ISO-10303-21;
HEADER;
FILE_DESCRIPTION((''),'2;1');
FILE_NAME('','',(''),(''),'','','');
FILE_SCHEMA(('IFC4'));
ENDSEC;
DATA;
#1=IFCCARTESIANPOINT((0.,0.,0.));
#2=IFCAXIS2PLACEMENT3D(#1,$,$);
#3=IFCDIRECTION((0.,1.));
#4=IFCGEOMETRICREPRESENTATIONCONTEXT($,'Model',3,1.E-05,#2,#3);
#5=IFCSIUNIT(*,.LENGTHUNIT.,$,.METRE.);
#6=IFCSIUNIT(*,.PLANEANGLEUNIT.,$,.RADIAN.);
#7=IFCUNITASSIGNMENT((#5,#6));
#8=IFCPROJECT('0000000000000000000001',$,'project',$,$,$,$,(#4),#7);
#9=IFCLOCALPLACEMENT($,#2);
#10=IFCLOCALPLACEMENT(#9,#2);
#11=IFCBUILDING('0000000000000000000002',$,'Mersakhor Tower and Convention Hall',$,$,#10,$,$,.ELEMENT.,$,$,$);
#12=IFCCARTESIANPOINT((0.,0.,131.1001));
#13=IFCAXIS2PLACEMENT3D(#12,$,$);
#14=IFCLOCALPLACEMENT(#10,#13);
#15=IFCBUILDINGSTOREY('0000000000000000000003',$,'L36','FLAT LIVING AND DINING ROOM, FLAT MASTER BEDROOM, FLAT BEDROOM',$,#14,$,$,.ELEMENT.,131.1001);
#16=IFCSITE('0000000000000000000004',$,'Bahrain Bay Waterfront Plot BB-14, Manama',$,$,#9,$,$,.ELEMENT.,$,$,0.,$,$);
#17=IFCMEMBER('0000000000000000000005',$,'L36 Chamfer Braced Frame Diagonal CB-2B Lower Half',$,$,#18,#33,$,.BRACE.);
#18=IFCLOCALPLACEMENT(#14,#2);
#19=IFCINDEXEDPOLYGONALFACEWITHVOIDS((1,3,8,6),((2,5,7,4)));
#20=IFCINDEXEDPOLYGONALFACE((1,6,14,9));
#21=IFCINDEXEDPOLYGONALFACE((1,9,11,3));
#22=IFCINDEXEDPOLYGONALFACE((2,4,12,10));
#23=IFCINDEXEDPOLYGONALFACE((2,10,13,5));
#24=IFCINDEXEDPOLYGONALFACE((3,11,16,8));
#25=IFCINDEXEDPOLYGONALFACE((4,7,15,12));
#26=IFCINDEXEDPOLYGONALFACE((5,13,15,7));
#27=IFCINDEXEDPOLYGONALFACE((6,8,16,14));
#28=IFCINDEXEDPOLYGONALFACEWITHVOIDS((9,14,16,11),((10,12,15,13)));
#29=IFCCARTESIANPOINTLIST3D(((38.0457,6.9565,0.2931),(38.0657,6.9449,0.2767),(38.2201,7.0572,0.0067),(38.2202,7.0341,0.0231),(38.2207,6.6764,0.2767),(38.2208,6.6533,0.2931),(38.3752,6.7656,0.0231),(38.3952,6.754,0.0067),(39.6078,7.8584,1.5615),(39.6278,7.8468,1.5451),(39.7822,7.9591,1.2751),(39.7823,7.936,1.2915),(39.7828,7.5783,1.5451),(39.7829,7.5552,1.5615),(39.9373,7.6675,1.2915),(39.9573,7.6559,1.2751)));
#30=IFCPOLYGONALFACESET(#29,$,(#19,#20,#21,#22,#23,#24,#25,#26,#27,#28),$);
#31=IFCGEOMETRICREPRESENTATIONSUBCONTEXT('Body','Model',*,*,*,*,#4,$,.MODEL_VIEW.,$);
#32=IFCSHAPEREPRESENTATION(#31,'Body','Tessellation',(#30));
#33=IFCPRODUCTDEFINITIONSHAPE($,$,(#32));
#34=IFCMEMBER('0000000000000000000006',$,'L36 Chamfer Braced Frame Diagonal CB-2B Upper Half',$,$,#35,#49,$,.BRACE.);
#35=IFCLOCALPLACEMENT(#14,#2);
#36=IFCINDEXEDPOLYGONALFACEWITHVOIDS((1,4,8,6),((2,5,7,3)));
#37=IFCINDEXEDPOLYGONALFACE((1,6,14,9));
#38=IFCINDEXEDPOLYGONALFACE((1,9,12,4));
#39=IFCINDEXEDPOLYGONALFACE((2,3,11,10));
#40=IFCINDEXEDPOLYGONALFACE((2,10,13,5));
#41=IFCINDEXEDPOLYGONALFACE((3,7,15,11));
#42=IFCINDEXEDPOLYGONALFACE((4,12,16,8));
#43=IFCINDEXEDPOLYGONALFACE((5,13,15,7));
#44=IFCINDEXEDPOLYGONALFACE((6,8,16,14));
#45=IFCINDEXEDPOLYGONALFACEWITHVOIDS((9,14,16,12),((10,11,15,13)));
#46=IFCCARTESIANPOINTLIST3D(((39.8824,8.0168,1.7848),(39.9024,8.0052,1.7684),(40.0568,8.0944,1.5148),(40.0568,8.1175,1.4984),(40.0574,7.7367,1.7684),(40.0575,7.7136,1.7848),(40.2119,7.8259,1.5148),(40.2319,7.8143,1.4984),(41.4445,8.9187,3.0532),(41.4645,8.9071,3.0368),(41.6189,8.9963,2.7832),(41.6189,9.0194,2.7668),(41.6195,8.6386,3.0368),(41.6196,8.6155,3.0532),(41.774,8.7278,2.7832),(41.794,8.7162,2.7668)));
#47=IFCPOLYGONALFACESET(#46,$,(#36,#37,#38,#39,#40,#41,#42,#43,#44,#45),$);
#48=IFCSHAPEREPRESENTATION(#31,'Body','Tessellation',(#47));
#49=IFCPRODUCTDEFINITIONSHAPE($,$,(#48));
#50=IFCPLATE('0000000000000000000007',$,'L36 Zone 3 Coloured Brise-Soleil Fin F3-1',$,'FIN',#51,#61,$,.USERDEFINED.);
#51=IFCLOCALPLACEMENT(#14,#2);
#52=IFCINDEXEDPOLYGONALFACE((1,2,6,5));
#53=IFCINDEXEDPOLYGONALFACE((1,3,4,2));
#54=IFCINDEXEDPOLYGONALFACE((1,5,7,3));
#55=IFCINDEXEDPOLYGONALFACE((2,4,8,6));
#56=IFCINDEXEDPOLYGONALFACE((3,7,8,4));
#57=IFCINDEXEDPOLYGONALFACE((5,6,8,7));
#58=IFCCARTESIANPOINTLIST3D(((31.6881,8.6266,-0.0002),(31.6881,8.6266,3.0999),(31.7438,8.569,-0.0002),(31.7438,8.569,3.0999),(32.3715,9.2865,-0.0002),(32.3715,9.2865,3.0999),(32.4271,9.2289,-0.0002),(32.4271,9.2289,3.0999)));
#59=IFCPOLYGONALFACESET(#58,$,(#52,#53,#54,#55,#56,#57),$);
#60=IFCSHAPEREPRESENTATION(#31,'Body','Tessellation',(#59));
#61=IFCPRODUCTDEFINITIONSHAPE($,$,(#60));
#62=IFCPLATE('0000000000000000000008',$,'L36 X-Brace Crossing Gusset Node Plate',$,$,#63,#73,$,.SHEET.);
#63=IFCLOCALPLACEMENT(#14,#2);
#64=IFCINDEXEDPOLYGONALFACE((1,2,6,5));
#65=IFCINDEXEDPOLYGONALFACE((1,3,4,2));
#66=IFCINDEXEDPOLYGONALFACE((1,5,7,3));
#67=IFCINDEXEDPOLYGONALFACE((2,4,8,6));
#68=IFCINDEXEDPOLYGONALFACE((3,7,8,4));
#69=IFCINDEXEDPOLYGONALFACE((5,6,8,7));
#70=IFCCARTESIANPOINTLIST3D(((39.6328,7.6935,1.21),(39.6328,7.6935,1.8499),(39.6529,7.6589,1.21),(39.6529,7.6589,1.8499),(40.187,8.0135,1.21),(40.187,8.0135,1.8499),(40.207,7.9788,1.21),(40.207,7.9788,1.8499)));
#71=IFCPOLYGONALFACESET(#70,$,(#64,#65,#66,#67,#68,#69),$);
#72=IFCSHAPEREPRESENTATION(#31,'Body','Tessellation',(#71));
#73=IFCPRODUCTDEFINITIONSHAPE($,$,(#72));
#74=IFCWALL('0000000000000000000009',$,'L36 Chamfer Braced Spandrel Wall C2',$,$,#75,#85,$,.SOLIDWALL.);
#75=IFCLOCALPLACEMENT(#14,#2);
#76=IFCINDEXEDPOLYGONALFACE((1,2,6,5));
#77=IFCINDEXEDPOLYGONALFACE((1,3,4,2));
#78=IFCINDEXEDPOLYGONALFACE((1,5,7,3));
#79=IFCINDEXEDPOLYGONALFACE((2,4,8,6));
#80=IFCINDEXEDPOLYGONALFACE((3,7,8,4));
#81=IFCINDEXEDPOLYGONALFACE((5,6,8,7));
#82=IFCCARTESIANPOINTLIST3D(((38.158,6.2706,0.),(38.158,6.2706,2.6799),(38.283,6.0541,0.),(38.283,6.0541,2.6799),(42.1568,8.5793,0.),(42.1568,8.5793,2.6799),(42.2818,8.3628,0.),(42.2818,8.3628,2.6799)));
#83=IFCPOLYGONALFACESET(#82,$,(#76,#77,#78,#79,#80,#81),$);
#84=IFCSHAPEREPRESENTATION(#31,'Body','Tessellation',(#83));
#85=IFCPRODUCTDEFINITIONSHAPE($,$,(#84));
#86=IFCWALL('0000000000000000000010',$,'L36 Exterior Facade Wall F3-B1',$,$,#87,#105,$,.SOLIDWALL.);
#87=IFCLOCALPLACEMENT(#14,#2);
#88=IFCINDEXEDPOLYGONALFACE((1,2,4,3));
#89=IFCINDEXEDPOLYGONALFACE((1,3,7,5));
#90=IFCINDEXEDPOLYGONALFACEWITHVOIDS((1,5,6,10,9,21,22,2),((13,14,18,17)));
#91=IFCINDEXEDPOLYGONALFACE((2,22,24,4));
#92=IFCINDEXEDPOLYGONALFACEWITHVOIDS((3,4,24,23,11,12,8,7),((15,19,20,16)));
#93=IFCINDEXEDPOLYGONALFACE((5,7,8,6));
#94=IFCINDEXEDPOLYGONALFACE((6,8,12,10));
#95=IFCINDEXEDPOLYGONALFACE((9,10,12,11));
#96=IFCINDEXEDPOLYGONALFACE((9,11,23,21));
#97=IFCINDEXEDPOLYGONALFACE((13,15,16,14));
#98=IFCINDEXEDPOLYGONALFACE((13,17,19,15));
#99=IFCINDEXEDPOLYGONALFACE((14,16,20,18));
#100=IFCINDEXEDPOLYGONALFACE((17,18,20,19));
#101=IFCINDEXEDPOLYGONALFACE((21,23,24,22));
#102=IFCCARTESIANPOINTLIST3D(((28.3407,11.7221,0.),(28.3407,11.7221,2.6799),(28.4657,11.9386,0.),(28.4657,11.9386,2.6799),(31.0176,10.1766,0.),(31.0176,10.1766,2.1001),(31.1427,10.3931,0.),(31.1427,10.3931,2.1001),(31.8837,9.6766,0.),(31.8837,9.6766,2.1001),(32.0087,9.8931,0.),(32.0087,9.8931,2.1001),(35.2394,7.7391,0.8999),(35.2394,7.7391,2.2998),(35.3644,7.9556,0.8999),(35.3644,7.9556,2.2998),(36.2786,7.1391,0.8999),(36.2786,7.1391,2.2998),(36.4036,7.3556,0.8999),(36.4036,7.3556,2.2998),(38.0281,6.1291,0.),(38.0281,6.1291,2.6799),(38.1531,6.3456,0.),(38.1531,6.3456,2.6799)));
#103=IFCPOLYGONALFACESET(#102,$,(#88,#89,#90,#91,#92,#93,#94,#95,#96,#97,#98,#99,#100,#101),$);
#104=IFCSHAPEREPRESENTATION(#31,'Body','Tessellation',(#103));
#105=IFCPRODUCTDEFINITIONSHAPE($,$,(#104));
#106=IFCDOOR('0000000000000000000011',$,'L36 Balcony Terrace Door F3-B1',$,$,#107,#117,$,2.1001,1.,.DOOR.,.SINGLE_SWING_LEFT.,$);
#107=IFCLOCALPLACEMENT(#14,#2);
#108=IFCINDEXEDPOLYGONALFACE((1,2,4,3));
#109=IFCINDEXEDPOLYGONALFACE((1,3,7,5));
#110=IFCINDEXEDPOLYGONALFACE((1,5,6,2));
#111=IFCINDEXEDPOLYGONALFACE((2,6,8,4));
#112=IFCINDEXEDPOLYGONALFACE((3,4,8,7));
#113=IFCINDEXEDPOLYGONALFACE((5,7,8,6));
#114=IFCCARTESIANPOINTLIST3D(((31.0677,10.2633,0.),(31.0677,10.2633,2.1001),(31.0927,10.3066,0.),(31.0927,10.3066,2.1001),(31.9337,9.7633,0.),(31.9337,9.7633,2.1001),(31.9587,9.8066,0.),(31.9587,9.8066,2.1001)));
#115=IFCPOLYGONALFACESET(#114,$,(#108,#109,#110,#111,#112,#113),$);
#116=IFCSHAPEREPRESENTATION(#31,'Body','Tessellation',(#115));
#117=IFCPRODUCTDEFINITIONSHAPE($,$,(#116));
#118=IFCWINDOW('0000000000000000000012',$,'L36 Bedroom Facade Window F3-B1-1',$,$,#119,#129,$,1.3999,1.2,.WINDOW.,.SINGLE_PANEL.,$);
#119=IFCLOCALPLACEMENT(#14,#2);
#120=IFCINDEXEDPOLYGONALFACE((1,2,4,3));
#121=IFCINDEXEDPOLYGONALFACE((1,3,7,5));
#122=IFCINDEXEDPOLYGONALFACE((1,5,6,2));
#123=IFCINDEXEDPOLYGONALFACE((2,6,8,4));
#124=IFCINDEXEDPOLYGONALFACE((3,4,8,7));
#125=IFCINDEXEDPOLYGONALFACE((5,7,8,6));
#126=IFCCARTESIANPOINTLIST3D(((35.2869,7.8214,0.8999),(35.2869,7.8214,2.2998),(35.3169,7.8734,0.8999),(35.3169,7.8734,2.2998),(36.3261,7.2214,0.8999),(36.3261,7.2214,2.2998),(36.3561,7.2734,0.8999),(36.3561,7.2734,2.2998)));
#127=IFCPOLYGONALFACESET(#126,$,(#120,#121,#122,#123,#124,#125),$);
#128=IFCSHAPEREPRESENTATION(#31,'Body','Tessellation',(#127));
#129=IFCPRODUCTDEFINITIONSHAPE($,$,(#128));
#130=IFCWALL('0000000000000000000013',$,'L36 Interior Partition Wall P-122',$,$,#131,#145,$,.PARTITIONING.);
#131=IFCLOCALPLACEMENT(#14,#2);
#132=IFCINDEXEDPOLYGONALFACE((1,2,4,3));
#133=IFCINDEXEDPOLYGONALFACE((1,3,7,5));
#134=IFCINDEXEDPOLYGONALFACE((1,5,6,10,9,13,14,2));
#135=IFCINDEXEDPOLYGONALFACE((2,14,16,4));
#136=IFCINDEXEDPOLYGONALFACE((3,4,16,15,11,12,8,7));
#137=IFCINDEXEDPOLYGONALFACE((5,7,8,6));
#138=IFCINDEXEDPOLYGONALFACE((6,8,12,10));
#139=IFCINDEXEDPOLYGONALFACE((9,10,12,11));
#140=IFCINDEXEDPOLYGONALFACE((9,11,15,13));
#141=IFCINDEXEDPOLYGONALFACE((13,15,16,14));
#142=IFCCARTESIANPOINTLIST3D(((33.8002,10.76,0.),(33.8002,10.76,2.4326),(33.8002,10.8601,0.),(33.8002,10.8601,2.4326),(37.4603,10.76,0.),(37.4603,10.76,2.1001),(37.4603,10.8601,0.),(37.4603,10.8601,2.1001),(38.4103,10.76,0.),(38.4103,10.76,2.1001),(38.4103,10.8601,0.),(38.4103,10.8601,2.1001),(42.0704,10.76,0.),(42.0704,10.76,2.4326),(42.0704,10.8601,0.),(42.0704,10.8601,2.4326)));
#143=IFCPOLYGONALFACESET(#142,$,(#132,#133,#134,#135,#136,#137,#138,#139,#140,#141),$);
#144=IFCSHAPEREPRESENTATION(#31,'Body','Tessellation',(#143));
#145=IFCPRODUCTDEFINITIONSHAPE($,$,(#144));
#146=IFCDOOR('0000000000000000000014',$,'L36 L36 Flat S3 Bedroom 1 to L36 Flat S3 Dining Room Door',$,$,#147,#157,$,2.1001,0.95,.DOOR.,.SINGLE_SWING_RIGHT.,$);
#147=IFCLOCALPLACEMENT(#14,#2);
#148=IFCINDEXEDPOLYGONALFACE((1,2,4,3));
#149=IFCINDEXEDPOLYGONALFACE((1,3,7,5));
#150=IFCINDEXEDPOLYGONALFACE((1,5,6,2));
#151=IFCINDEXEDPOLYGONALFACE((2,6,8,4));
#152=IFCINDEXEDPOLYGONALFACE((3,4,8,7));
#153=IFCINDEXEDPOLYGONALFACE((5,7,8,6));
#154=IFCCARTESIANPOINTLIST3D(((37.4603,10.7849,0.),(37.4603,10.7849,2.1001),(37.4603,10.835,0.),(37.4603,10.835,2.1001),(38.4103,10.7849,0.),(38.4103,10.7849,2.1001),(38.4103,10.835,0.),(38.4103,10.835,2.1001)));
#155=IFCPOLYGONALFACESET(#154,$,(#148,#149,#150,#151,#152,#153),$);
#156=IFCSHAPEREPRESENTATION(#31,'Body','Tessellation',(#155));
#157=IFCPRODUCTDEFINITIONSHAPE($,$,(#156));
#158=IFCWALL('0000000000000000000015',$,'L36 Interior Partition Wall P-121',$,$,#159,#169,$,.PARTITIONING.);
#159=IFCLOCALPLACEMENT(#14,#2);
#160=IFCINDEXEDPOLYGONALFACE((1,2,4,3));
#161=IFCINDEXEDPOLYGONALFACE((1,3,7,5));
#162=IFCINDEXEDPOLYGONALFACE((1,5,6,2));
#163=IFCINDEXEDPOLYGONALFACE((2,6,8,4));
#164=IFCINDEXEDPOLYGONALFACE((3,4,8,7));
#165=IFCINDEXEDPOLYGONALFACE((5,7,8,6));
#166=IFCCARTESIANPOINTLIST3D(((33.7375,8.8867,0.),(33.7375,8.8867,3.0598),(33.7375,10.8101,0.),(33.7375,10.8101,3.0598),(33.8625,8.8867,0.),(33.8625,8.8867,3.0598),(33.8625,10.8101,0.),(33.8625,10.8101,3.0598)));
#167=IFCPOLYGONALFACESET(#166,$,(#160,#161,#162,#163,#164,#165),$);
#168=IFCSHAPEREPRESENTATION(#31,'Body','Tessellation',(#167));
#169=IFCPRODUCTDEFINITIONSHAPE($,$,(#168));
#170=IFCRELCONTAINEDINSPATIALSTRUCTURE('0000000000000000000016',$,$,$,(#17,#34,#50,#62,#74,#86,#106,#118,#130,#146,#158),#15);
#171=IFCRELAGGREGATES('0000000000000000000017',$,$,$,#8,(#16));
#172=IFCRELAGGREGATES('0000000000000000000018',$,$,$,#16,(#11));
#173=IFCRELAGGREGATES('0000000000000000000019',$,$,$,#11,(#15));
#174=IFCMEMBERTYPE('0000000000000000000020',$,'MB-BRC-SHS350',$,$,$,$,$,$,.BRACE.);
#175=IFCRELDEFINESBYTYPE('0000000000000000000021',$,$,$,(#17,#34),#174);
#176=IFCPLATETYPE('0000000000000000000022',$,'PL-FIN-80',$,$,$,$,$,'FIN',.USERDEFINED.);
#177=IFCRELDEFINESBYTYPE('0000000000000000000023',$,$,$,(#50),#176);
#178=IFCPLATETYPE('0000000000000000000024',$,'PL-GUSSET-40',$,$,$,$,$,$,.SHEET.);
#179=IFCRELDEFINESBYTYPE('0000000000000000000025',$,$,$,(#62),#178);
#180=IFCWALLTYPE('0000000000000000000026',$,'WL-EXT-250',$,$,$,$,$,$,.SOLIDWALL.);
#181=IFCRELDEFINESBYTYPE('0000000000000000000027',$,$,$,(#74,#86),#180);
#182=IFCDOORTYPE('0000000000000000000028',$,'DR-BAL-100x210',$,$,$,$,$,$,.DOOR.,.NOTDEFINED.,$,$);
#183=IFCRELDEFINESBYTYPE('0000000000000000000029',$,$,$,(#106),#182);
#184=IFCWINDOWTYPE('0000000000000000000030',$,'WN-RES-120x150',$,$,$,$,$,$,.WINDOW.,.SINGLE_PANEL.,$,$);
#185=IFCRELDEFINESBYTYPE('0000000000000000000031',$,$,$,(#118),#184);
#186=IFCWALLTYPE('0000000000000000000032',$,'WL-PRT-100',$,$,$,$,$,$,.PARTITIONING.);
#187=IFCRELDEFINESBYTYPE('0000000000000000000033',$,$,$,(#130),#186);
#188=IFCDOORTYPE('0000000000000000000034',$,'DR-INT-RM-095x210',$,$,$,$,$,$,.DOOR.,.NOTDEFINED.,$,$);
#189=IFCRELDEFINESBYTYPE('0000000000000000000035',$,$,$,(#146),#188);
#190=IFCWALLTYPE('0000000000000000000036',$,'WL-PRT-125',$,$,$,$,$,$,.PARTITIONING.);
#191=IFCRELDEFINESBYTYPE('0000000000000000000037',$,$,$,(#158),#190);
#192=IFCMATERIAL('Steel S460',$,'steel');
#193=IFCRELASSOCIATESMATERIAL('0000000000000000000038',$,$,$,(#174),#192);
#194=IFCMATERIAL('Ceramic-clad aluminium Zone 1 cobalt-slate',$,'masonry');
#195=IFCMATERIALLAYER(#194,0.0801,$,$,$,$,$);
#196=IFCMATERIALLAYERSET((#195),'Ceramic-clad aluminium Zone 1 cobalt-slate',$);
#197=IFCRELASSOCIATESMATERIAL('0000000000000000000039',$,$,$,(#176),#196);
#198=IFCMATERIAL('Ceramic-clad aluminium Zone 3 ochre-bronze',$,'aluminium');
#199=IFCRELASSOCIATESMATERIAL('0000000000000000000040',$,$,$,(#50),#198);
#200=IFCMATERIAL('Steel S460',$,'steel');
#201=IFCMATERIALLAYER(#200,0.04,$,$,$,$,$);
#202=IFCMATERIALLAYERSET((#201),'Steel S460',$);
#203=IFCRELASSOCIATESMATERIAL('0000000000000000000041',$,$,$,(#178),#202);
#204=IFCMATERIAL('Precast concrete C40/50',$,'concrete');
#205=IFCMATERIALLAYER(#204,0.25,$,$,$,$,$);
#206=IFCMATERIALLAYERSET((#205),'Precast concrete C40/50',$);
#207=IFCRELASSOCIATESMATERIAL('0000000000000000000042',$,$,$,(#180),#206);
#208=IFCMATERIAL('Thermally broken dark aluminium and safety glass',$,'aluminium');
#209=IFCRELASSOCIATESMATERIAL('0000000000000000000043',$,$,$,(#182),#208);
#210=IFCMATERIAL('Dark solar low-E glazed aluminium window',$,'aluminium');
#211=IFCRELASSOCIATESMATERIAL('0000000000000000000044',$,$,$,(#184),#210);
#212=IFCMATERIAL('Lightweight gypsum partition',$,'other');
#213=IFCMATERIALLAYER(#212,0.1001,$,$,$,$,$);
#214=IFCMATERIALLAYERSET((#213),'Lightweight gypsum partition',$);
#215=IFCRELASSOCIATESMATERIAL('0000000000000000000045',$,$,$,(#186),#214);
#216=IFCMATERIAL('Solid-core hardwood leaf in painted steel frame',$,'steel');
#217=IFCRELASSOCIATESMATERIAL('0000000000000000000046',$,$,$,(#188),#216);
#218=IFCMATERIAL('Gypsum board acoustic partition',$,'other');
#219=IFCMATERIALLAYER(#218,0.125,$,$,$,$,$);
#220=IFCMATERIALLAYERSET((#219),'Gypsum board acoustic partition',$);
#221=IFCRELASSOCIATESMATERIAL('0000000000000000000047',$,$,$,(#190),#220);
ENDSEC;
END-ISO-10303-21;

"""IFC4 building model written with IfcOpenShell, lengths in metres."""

from ifc_helpers import new_model, si_unit, direction, frame, frame_2d, origin, origin_2d, place, context, subcontext, project, spatial, rectangle, hollow_rectangle, extrude, material, layer, layer_set, material_profile, profile_set, type_object, element, fill, save


model = new_model("IFC4")

# Units and contexts
model_context = context("Model", 3, precision=1e-05, world=origin(), true_north=direction((0.0, 1.0)))
body_context = subcontext(model_context, "Body", "Model", "MODEL_VIEW")
ifc_project = project(units=[si_unit("LENGTHUNIT", "METRE"), si_unit("PLANEANGLEUNIT", "RADIAN")], contexts=[model_context])

# Site, building, storey
site_placement = place(None, origin())
site = spatial("IfcSite", under=ifc_project, at=site_placement, Name="Bahrain Bay Waterfront Plot BB-14, Manama", CompositionType="ELEMENT", RefElevation=0.0)
building_placement = place(site_placement, origin())
building = spatial("IfcBuilding", under=site, at=building_placement, Name="Mersakhor Tower and Convention Hall", CompositionType="ELEMENT")
storey_placement = place(building_placement, frame((0.0, 0.0, 131.1001)))
storey = spatial("IfcBuildingStorey", under=building, at=storey_placement, Name="L36", Description="FLAT LIVING AND DINING ROOM, FLAT MASTER BEDROOM, FLAT BEDROOM", CompositionType="ELEMENT", Elevation=131.1001)

# Members
ifc_material_1 = material(Name="Steel S460", Category="steel")
ifc_material_profile_1 = material_profile(ifc_material_1, hollow_rectangle(XDim=0.3501, YDim=0.3501, WallThickness=0.02, at=origin_2d()), Name="SHS 350x350x20")
ifc_profile_set_1 = profile_set([ifc_material_profile_1], Name="Steel S460")
member_type = type_object("IfcMemberType", Name="MB-BRC-SHS350", PredefinedType="BRACE", material=ifc_profile_set_1)
for number, where, z_axis, x_axis, name in (
    (1, (38.2205, 6.8552, 0.1499), (0.708409, 0.409013, 0.575209), (-0.500011, 0.866019, 0.0), "L36 Chamfer Braced Frame Diagonal CB-2B Lower Half"),
    (2, (40.0571, 7.9155, 1.6416), (0.708409, 0.409013, 0.575209), (-0.500011, 0.866019, 0.0), "L36 Chamfer Braced Frame Diagonal CB-2B Upper Half"),
):
    element("IfcMember", number, at=place(storey_placement, frame(where, z_axis=z_axis, x_axis=x_axis)), inside=storey, type_object=member_type, Name=name, PredefinedType="BRACE", context=body_context, shape_type="SweptSolid", body=[
        extrude(hollow_rectangle(XDim=0.3501, YDim=0.3501, WallThickness=0.02, at=origin_2d()), origin(), (0.0, 0.0, 1.0), 2.2051),
    ])

# Plates
ifc_material_2 = material(Name="Ceramic-clad aluminium Zone 3 ochre-bronze", Category="aluminium")
ifc_material_3 = material(Name="Ceramic-clad aluminium Zone 1 cobalt-slate", Category="masonry")
ifc_layer_1 = layer(ifc_material_3, 0.0801)
ifc_layer_set_1 = layer_set([ifc_layer_1], Name="Ceramic-clad aluminium Zone 1 cobalt-slate")
plate_type_1 = type_object("IfcPlateType", Name="PL-FIN-80", ElementType="FIN", PredefinedType="USERDEFINED", material=ifc_layer_set_1)
plate_1_placement = place(storey_placement, frame((32.0576, 8.9277, -0.0002), z_axis=(0.0, 0.0, 1.0), x_axis=(-0.71934, -0.694658, 0.0)))
element("IfcPlate", 3, at=plate_1_placement, inside=storey, type_object=plate_type_1, material=ifc_material_2, Name="L36 Zone 3 Coloured Brise-Soleil Fin F3-1", ObjectType="FIN", PredefinedType="USERDEFINED", context=body_context, shape_type="SweptSolid", body=[
    extrude(rectangle(XDim=0.95, YDim=0.0801, at=origin_2d()), origin(), (0.0, 0.0, 1.0), 3.1001),
])
ifc_material_4 = material(Name="Steel S460", Category="steel")
ifc_layer_2 = layer(ifc_material_4, 0.04)
ifc_layer_set_2 = layer_set([ifc_layer_2], Name="Steel S460")
plate_type_2 = type_object("IfcPlateType", Name="PL-GUSSET-40", PredefinedType="SHEET", material=ifc_layer_set_2)
plate_2_placement = place(storey_placement, frame((39.9199, 7.8362, 1.21), z_axis=(0.0, 0.0, 1.0), x_axis=(0.866025, 0.5, 0.0)))
element("IfcPlate", 4, at=plate_2_placement, inside=storey, type_object=plate_type_2, Name="L36 X-Brace Crossing Gusset Node Plate", PredefinedType="SHEET", context=body_context, shape_type="SweptSolid", body=[
    extrude(rectangle(XDim=0.6399, YDim=0.04, at=origin_2d()), origin(), (0.0, 0.0, 1.0), 0.6399),
])

# Wall
ifc_material_5 = material(Name="Precast concrete C40/50", Category="concrete")
ifc_layer_3 = layer(ifc_material_5, 0.25)
ifc_layer_set_3 = layer_set([ifc_layer_3], Name="Precast concrete C40/50")
wall_type_1 = type_object("IfcWallType", Name="WL-EXT-250", PredefinedType="SOLIDWALL", material=ifc_layer_set_3)
wall_1_placement = place(storey_placement, frame((42.2192, 8.4709, 0.0), z_axis=(0.0, 0.0, 1.0), x_axis=(-0.866035, -0.499983, 0.0)))
element("IfcWall", 5, at=wall_1_placement, inside=storey, type_object=wall_type_1, Name="L36 Chamfer Braced Spandrel Wall C2", PredefinedType="SOLIDWALL", context=body_context, shape_type="SweptSolid", body=[
    extrude(rectangle(XDim=4.6174, YDim=0.25, at=frame_2d((2.3086, 0.0))), origin(), (0.0, 0.0, 1.0), 2.6799),
])

# Wall, openings, door, window
wall_2_placement = place(storey_placement, frame((38.0906, 6.2373, 0.0), z_axis=(0.0, 0.0, 1.0), x_axis=(-0.866022, 0.500005, 0.0)))
wall_2 = element("IfcWall", 6, at=wall_2_placement, inside=storey, type_object=wall_type_1, Name="L36 Exterior Facade Wall F3-B1", PredefinedType="SOLIDWALL", context=body_context, shape_type="SweptSolid", body=[
    extrude(rectangle(XDim=11.186, YDim=0.25, at=frame_2d((5.593, 0.0))), origin(), (0.0, 0.0, 1.0), 2.6799),
])
opening_1_placement = place(wall_2_placement, frame((7.095, 0.0, 0.0)))
opening_1 = element("IfcOpeningElement", 7, at=opening_1_placement, cuts=wall_2, PredefinedType="OPENING", context=body_context, shape_type="SweptSolid", body=[
    extrude(rectangle(XDim=1.0, YDim=2.1001, at=frame_2d((0.5, 1.05))), frame((0.0, 0.135, 0.0), z_axis=(0.0, -1.0, 0.0), x_axis=(1.0, 0.0, 0.0)), (0.0, 0.0, 1.0), 0.27),
])
opening_2_placement = place(wall_2_placement, frame((2.02, 0.0, 0.8999)))
opening_2 = element("IfcOpeningElement", 8, at=opening_2_placement, cuts=wall_2, PredefinedType="OPENING", context=body_context, shape_type="SweptSolid", body=[
    extrude(rectangle(XDim=1.2, YDim=1.3999, at=frame_2d((0.6001, 0.7))), frame((0.0, 0.135, 0.0), z_axis=(0.0, -1.0, 0.0), x_axis=(1.0, 0.0, 0.0)), (0.0, 0.0, 1.0), 0.27),
])
ifc_material_6 = material(Name="Thermally broken dark aluminium and safety glass", Category="aluminium")
door_type_1 = type_object("IfcDoorType", Name="DR-BAL-100x210", OperationType="NOTDEFINED", PredefinedType="DOOR", material=ifc_material_6)
door_1_placement = place(opening_1_placement, origin())
door_1 = element("IfcDoor", 9, at=door_1_placement, inside=storey, type_object=door_type_1, Name="L36 Balcony Terrace Door F3-B1", OperationType="SINGLE_SWING_LEFT", OverallHeight=2.1001, OverallWidth=1.0, PredefinedType="DOOR", context=body_context, shape_type="SweptSolid", body=[
    extrude(rectangle(XDim=1.0, YDim=2.1001, at=frame_2d((0.5, 1.05))), frame((0.0, 0.0249, 0.0), z_axis=(0.0, -1.0, 0.0), x_axis=(1.0, 0.0, 0.0)), (0.0, 0.0, 1.0), 0.05),
])
fill(opening_1, door_1)
ifc_material_7 = material(Name="Dark solar low-E glazed aluminium window", Category="aluminium")
window_type = type_object("IfcWindowType", Name="WN-RES-120x150", PartitioningType="SINGLE_PANEL", PredefinedType="WINDOW", material=ifc_material_7)
window_placement = place(opening_2_placement, origin())
window = element("IfcWindow", 10, at=window_placement, inside=storey, type_object=window_type, Name="L36 Bedroom Facade Window F3-B1-1", OverallHeight=1.3999, OverallWidth=1.2, PartitioningType="SINGLE_PANEL", PredefinedType="WINDOW", context=body_context, shape_type="SweptSolid", body=[
    extrude(rectangle(XDim=1.2, YDim=1.3999, at=frame_2d((0.6001, 0.7))), frame((0.0, 0.03, 0.0), z_axis=(0.0, -1.0, 0.0), x_axis=(1.0, 0.0, 0.0)), (0.0, 0.0, 1.0), 0.0601),
])
fill(opening_2, window)

# Wall, opening, door
ifc_material_8 = material(Name="Lightweight gypsum partition", Category="other")
ifc_layer_4 = layer(ifc_material_8, 0.1001)
ifc_layer_set_4 = layer_set([ifc_layer_4], Name="Lightweight gypsum partition")
wall_type_2 = type_object("IfcWallType", Name="WL-PRT-100", PredefinedType="PARTITIONING", material=ifc_layer_set_4)
wall_3_placement = place(storey_placement, frame((33.8, 10.8101, 0.0), z_axis=(0.0, 0.0, 1.0), x_axis=(1.0, 0.0, 0.0)))
wall_3 = element("IfcWall", 11, at=wall_3_placement, inside=storey, type_object=wall_type_2, Name="L36 Interior Partition Wall P-122", PredefinedType="PARTITIONING", context=body_context, shape_type="SweptSolid", body=[
    extrude(rectangle(XDim=8.2703, YDim=0.1001, at=frame_2d((4.1353, 0.0))), origin(), (0.0, 0.0, 1.0), 2.4326),
])
opening_3_placement = place(wall_3_placement, frame((3.6602, 0.0, 0.0)))
opening_3 = element("IfcOpeningElement", 12, at=opening_3_placement, cuts=wall_3, PredefinedType="OPENING", context=body_context, shape_type="SweptSolid", body=[
    extrude(rectangle(XDim=0.95, YDim=2.1001, at=frame_2d((0.4751, 1.05))), frame((0.0, 0.0601, 0.0), z_axis=(0.0, -1.0, 0.0), x_axis=(1.0, 0.0, 0.0)), (0.0, 0.0, 1.0), 0.1201),
])
ifc_material_9 = material(Name="Solid-core hardwood leaf in painted steel frame", Category="steel")
door_type_2 = type_object("IfcDoorType", Name="DR-INT-RM-095x210", OperationType="NOTDEFINED", PredefinedType="DOOR", material=ifc_material_9)
door_2_placement = place(opening_3_placement, origin())
door_2 = element("IfcDoor", 13, at=door_2_placement, inside=storey, type_object=door_type_2, Name="L36 L36 Flat S3 Bedroom 1 to L36 Flat S3 Dining Room Door", OperationType="SINGLE_SWING_RIGHT", OverallHeight=2.1001, OverallWidth=0.95, PredefinedType="DOOR", context=body_context, shape_type="SweptSolid", body=[
    extrude(rectangle(XDim=0.95, YDim=2.1001, at=frame_2d((0.4751, 1.05))), frame((0.0, 0.0249, 0.0), z_axis=(0.0, -1.0, 0.0), x_axis=(1.0, 0.0, 0.0)), (0.0, 0.0, 1.0), 0.05),
])
fill(opening_3, door_2)

# Wall
ifc_material_10 = material(Name="Gypsum board acoustic partition", Category="other")
ifc_layer_5 = layer(ifc_material_10, 0.125)
ifc_layer_set_5 = layer_set([ifc_layer_5], Name="Gypsum board acoustic partition")
wall_type_3 = type_object("IfcWallType", Name="WL-PRT-125", PredefinedType="PARTITIONING", material=ifc_layer_set_5)
wall_4_placement = place(storey_placement, frame((33.8, 10.8101, 0.0), z_axis=(0.0, 0.0, 1.0), x_axis=(0.0, -1.0, 0.0)))
element("IfcWall", 14, at=wall_4_placement, inside=storey, type_object=wall_type_3, Name="L36 Interior Partition Wall P-121", PredefinedType="PARTITIONING", context=body_context, shape_type="SweptSolid", body=[
    extrude(rectangle(XDim=1.9233, YDim=0.125, at=frame_2d((0.9617, 0.0))), origin(), (0.0, 0.0, 1.0), 3.0598),
])

save(model, "model.ifc")
